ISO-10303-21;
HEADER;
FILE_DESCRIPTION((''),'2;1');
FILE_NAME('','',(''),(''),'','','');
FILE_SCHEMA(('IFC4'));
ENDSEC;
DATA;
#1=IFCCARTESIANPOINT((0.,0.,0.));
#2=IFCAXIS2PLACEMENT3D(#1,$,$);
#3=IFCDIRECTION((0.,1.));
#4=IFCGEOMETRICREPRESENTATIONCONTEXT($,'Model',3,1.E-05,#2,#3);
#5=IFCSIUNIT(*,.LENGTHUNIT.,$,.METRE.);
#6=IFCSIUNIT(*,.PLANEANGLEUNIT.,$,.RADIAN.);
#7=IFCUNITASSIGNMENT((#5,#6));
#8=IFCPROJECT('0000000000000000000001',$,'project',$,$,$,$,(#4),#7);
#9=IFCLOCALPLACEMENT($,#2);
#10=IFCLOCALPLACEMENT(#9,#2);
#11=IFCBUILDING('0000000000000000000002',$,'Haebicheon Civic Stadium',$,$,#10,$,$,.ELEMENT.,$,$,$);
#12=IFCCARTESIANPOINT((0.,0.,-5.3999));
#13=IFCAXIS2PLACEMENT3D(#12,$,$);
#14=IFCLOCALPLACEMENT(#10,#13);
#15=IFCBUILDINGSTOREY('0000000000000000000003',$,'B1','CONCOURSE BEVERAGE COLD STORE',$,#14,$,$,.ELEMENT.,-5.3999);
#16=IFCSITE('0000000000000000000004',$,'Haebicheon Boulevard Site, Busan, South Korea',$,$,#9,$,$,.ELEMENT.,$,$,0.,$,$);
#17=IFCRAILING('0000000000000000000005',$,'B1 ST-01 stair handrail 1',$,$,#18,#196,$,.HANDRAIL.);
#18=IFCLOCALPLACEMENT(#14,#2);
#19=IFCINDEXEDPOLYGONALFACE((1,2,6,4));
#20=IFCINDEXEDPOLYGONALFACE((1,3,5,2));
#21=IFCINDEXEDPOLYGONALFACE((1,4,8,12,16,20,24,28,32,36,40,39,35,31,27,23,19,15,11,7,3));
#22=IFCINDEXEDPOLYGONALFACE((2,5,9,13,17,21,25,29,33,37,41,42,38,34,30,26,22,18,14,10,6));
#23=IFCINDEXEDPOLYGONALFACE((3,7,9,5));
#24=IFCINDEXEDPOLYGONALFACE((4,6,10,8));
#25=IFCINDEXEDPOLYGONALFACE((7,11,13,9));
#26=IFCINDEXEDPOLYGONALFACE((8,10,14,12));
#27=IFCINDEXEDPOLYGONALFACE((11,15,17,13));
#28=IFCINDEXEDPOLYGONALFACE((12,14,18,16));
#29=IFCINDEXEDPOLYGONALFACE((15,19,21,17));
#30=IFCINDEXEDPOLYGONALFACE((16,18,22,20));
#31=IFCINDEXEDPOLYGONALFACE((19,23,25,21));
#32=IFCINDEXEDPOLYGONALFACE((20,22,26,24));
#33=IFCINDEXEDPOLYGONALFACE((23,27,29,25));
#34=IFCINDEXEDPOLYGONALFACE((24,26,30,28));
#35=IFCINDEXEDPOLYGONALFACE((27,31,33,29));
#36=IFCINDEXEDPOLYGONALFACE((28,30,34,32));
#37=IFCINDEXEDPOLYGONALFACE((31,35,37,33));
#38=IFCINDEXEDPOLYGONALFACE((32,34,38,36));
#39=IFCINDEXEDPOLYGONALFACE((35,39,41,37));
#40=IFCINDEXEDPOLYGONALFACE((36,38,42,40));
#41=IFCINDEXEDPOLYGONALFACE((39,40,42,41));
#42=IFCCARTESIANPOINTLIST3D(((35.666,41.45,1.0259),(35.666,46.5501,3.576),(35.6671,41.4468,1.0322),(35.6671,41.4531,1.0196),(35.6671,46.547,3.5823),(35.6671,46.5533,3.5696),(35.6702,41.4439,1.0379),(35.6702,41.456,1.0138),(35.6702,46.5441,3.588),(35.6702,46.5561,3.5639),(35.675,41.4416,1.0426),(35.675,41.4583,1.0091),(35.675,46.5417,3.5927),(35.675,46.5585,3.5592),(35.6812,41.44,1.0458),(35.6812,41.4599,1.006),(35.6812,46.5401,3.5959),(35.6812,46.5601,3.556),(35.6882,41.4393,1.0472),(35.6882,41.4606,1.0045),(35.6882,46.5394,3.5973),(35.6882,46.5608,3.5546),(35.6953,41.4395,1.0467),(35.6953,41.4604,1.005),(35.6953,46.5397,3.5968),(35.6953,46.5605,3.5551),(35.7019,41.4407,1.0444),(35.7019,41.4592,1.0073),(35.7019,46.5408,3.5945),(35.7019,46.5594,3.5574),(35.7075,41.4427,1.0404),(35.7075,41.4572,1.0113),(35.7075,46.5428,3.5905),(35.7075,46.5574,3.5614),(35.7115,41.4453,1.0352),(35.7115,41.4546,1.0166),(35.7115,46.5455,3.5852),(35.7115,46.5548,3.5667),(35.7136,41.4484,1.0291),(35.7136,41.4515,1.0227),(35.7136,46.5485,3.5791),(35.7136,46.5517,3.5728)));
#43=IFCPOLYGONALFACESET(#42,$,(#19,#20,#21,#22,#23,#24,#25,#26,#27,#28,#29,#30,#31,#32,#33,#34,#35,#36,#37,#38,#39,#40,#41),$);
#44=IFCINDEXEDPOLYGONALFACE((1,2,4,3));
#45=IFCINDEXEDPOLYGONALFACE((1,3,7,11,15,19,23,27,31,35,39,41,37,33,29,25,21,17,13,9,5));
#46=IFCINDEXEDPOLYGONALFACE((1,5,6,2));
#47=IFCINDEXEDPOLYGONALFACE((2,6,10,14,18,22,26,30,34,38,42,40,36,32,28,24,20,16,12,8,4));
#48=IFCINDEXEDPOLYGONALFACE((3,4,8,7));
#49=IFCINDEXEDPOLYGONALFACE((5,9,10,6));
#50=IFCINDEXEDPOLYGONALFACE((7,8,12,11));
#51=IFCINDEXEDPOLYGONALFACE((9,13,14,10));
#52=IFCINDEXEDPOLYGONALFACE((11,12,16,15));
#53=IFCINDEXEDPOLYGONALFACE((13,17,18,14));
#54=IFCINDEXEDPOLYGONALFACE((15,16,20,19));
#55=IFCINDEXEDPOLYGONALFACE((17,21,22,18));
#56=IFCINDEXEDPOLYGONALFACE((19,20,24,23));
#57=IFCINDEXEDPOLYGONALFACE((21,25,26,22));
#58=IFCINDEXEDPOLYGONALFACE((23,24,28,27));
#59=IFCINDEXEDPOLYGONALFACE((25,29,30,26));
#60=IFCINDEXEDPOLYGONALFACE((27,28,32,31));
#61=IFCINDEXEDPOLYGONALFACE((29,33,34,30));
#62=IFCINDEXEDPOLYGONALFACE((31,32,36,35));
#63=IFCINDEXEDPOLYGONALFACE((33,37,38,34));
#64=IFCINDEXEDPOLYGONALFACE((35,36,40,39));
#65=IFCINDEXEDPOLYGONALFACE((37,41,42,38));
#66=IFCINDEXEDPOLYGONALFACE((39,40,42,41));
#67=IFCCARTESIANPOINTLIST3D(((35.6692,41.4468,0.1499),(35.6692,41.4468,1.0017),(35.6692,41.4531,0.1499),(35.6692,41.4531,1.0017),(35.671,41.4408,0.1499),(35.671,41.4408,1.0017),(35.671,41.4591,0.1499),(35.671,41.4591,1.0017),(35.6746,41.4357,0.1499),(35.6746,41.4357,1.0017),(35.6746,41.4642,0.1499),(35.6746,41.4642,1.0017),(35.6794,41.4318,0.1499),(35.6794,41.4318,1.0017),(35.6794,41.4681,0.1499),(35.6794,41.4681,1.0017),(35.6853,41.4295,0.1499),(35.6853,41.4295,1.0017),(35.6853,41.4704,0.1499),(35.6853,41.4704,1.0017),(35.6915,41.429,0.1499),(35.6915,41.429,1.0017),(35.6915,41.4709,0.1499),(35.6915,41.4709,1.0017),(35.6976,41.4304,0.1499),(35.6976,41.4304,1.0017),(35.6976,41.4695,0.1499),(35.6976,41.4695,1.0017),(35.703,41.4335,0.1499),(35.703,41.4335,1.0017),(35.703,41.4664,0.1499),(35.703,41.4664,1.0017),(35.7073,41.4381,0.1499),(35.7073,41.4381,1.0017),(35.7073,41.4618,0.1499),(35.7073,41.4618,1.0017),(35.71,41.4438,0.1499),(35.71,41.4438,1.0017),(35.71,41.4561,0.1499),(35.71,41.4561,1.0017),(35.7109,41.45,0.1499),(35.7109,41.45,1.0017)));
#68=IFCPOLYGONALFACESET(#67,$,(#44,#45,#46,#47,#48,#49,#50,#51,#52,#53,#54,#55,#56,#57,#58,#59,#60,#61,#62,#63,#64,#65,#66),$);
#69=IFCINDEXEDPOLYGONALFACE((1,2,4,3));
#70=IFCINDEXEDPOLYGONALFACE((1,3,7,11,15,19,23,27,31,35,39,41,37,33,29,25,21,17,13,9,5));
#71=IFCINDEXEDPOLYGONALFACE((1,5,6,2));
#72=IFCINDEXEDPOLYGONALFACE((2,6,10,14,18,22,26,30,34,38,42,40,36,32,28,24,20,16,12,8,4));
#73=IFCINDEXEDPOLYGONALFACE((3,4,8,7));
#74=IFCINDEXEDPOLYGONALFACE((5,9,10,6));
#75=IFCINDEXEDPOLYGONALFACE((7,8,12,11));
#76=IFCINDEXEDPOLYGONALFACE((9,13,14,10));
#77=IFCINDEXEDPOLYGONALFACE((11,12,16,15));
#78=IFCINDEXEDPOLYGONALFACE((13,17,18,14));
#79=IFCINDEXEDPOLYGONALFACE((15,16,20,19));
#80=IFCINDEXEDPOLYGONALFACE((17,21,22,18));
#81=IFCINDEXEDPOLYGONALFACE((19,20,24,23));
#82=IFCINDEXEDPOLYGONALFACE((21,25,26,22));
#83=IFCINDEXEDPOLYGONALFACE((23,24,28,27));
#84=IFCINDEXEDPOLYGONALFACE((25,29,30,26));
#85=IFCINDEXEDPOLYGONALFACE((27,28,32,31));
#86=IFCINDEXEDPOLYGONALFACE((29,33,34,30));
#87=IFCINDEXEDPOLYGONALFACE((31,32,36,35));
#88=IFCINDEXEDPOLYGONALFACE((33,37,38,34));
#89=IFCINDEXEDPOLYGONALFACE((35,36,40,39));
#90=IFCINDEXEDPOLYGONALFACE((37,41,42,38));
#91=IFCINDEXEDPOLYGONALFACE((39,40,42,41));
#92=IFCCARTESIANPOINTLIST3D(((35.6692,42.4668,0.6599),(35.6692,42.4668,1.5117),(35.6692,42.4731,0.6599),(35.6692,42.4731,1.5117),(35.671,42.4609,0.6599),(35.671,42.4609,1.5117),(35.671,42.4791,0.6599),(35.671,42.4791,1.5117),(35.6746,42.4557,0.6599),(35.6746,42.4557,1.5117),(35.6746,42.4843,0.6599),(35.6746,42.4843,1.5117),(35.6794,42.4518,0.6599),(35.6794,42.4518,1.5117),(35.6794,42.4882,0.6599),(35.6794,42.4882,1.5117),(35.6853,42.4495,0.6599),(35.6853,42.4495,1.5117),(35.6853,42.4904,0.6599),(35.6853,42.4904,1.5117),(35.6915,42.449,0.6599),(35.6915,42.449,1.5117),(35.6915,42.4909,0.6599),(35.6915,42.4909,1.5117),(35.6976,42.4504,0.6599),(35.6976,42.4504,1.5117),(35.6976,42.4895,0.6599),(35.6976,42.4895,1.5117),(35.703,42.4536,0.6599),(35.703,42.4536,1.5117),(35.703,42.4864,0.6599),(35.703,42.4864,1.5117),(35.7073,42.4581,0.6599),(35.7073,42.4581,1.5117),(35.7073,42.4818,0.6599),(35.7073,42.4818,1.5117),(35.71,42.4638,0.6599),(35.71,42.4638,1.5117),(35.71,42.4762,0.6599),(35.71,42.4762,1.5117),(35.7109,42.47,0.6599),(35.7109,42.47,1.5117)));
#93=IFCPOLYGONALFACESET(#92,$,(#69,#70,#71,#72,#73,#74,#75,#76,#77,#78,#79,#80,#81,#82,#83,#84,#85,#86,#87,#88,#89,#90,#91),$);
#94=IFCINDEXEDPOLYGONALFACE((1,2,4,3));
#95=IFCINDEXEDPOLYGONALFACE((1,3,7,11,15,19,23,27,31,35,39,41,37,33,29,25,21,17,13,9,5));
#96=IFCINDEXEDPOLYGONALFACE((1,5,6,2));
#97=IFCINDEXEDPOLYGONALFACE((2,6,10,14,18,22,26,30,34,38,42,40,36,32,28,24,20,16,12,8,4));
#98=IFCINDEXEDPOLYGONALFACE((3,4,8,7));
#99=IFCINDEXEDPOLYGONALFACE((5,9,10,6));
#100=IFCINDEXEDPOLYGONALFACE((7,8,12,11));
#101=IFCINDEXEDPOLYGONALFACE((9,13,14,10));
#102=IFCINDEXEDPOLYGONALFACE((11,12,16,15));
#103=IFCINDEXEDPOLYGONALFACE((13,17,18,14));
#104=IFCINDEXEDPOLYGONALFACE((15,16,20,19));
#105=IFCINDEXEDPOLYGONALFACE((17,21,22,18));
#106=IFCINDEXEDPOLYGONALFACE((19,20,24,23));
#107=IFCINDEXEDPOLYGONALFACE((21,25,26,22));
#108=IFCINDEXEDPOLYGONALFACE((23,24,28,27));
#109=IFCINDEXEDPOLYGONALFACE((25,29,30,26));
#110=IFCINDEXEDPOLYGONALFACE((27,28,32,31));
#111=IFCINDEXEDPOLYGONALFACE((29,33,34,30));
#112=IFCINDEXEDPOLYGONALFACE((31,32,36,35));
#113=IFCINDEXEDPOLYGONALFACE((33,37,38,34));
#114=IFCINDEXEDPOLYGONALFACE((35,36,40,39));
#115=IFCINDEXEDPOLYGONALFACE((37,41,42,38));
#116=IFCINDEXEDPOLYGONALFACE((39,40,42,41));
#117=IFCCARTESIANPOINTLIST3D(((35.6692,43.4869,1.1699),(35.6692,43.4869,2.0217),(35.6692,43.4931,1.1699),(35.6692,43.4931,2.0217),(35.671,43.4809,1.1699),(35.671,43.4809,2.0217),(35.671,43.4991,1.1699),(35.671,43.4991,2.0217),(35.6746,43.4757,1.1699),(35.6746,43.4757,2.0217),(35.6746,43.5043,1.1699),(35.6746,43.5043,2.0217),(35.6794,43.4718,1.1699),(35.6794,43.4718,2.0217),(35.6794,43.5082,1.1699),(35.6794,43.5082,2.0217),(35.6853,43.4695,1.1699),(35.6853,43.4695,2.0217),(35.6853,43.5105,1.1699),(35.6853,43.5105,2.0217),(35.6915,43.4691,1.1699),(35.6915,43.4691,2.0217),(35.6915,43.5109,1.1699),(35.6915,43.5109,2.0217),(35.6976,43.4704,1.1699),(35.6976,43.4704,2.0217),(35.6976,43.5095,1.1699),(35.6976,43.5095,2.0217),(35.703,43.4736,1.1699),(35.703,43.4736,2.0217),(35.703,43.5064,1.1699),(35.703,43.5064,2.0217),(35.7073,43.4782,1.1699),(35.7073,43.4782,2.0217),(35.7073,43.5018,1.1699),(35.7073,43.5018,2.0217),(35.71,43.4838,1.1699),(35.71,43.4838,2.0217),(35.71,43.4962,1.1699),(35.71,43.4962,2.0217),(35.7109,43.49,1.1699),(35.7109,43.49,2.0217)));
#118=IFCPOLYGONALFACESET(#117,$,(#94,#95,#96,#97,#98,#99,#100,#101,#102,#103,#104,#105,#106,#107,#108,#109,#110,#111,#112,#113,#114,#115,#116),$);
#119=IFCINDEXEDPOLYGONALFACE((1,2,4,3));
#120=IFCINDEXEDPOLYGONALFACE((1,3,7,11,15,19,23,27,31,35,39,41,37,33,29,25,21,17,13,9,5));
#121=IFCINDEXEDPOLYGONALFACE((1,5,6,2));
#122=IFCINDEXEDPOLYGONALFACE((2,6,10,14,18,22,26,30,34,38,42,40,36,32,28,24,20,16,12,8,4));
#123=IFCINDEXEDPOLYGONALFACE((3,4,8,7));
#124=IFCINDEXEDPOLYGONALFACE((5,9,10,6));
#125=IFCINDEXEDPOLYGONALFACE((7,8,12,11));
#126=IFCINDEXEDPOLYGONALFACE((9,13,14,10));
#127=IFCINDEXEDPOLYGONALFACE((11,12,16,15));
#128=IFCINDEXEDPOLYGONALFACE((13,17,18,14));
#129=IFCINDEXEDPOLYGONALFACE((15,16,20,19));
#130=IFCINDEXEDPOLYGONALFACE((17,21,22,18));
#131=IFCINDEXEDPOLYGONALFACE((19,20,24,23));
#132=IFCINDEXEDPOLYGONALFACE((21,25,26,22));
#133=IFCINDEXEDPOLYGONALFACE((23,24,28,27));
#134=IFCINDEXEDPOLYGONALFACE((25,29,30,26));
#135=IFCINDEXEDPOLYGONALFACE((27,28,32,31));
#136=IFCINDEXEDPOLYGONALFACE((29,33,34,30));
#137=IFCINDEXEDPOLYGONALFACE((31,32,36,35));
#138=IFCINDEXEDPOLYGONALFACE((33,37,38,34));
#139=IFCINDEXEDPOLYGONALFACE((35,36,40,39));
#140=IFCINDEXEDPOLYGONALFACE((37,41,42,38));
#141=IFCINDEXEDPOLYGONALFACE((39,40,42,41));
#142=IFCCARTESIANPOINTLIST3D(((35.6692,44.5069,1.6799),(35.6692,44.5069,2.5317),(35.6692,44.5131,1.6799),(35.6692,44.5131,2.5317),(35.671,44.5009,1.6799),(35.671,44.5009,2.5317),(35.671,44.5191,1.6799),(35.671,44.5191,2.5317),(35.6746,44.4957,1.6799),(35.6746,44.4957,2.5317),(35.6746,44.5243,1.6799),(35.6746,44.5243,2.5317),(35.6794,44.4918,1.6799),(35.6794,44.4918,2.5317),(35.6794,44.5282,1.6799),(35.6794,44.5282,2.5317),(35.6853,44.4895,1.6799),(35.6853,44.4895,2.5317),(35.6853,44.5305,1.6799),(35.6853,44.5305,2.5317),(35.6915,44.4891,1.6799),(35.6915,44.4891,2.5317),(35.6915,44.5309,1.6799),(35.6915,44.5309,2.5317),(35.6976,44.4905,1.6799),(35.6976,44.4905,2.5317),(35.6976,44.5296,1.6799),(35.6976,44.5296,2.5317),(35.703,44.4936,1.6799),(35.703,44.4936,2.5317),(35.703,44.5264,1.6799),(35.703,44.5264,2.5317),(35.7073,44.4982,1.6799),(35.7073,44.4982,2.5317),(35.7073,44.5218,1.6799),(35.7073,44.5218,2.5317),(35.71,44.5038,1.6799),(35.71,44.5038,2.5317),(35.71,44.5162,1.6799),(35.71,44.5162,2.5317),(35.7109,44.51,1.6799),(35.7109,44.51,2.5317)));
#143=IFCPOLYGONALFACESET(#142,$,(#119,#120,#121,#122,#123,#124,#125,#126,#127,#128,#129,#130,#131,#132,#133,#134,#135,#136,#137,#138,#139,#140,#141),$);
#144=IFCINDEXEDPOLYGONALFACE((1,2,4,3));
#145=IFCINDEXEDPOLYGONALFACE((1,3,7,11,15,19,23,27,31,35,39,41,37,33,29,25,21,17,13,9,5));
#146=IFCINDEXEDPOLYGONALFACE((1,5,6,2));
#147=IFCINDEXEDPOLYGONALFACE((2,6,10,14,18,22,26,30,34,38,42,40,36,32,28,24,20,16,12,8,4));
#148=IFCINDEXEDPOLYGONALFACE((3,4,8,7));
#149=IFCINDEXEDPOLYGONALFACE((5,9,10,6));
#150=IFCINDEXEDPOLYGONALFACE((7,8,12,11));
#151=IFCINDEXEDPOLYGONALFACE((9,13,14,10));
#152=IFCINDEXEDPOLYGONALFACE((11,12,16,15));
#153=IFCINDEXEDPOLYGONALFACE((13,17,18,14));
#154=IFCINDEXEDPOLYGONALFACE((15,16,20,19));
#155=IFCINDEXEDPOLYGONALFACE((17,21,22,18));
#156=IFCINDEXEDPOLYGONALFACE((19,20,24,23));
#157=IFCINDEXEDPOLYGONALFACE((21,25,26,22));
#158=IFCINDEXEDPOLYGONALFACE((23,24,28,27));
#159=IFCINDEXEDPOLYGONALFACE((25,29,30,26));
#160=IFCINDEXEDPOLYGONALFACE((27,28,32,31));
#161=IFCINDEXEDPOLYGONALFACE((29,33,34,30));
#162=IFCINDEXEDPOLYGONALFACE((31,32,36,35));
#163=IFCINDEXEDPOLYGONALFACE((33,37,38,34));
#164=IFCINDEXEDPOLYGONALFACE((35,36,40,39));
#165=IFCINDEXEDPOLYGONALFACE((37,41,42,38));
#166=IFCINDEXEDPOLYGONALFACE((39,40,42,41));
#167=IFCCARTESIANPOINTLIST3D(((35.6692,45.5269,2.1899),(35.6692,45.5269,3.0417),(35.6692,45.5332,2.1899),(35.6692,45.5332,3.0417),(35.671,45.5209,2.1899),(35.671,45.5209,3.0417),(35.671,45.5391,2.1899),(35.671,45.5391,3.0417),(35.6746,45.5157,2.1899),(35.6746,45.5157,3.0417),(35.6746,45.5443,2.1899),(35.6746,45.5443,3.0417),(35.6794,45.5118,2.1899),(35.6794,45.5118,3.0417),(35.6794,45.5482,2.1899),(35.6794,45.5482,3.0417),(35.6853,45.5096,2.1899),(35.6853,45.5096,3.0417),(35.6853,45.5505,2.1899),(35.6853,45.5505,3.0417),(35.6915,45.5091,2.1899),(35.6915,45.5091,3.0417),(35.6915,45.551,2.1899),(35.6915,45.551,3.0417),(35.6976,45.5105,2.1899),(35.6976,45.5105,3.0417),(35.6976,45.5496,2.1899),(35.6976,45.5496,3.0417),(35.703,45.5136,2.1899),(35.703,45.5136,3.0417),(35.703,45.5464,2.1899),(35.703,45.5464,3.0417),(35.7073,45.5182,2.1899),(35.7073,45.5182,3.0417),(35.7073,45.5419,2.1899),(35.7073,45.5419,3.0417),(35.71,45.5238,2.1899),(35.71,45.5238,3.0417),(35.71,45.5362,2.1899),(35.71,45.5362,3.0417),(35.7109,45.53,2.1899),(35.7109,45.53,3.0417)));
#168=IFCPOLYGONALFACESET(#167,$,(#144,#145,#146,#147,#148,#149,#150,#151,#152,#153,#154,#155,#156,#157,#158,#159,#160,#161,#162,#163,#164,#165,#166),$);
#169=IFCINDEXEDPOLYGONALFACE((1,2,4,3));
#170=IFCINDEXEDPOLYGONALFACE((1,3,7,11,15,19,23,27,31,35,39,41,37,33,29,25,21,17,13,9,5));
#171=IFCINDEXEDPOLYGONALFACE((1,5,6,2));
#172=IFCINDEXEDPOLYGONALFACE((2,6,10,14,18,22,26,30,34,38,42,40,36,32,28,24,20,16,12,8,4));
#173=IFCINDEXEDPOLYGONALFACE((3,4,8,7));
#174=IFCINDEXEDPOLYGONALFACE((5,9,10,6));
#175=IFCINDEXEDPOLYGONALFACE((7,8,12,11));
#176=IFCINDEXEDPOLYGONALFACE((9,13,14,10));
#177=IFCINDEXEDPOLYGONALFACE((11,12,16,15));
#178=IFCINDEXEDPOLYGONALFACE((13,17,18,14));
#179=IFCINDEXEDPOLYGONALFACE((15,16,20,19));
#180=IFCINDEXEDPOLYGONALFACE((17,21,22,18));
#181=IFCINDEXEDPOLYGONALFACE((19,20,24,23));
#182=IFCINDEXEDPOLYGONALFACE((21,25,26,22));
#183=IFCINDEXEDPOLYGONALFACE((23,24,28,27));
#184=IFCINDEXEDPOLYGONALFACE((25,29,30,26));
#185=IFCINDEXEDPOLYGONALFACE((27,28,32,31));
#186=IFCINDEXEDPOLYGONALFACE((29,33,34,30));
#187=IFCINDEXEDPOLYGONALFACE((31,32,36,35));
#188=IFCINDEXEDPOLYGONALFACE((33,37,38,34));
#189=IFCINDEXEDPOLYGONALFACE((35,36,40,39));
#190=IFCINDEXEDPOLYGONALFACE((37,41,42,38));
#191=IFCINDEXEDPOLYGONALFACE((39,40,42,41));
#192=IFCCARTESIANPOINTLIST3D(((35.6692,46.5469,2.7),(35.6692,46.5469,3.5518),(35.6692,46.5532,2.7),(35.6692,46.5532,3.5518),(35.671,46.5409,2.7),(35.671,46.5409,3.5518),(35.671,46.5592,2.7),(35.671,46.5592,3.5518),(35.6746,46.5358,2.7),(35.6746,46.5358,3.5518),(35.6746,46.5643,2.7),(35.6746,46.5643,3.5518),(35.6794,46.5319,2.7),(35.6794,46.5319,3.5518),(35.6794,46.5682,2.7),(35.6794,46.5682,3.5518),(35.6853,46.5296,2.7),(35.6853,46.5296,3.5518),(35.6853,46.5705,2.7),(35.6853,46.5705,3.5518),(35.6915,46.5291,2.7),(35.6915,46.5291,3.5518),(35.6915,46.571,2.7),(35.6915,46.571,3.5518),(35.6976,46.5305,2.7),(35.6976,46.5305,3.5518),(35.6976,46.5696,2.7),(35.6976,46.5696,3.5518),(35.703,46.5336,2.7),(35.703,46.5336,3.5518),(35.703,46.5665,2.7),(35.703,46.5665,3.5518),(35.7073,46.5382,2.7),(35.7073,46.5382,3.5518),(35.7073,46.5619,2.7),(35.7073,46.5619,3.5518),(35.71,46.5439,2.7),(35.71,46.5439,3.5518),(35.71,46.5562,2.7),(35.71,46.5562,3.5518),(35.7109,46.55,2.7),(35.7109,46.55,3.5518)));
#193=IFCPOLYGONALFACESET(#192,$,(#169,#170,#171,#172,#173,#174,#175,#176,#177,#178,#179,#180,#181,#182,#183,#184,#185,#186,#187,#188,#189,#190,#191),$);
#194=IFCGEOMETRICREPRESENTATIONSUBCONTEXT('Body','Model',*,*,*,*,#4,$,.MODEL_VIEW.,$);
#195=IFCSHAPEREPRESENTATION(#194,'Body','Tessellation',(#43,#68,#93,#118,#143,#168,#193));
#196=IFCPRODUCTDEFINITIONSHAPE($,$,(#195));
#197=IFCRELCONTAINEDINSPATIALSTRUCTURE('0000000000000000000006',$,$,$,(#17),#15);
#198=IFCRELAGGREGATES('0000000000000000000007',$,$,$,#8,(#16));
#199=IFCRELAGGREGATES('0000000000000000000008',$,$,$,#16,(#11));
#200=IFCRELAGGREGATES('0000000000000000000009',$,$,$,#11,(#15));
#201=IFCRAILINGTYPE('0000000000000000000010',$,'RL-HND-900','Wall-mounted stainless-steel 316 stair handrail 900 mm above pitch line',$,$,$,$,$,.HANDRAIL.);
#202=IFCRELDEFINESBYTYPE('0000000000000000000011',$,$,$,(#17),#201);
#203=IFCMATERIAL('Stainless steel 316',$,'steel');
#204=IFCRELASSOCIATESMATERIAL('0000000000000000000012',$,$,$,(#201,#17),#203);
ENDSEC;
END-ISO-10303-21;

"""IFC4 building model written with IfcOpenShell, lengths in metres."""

from ifc_helpers import new_model, si_unit, direction, frame, origin, origin_2d, place, context, subcontext, project, spatial, circle, extrude, material, type_object, element, save


model = new_model("IFC4")

# Units and contexts
model_context = context("Model", 3, precision=1e-05, world=origin(), true_north=direction((0.0, 1.0)))
body_context = subcontext(model_context, "Body", "Model", "MODEL_VIEW")
ifc_project = project(units=[si_unit("LENGTHUNIT", "METRE"), si_unit("PLANEANGLEUNIT", "RADIAN")], contexts=[model_context])

# Site, building, storey
site_placement = place(None, origin())
site = spatial("IfcSite", under=ifc_project, at=site_placement, Name="Haebicheon Boulevard Site, Busan, South Korea", CompositionType="ELEMENT", RefElevation=0.0)
building_placement = place(site_placement, origin())
building = spatial("IfcBuilding", under=site, at=building_placement, Name="Haebicheon Civic Stadium", CompositionType="ELEMENT")
storey_placement = place(building_placement, frame((0.0, 0.0, -5.3999)))
storey = spatial("IfcBuildingStorey", under=building, at=storey_placement, Name="B1", Description="CONCOURSE BEVERAGE COLD STORE", CompositionType="ELEMENT", Elevation=-5.3999)

# Railing
ifc_material_1 = material(Name="Stainless steel 316", Category="steel")
railing_type = type_object("IfcRailingType", Name="RL-HND-900", Description="Wall-mounted stainless-steel 316 stair handrail 900 mm above pitch line", PredefinedType="HANDRAIL", material=ifc_material_1)
railing_placement = place(storey_placement, frame((35.6899, 41.45, 0.1499)))
element("IfcRailing", 1, at=railing_placement, inside=storey, type_object=railing_type, material=ifc_material_1, Name="B1 ST-01 stair handrail 1", PredefinedType="HANDRAIL", context=body_context, shape_type="SweptSolid", body=[
    extrude(circle(Radius=0.0239, at=origin_2d()), frame((0.0, 0.0, 0.876), z_axis=(0.0, 0.894427, 0.447214), x_axis=(-1.0, 0.0, 0.0)), (0.0, 0.0, 1.0), 5.7021),
    extrude(circle(Radius=0.021, at=origin_2d()), origin(), (0.0, 0.0, 1.0), 0.8518),
    extrude(circle(Radius=0.021, at=origin_2d()), frame((0.0, 1.02, 0.51)), (0.0, 0.0, 1.0), 0.8518),
    extrude(circle(Radius=0.021, at=origin_2d()), frame((0.0, 2.04, 1.02)), (0.0, 0.0, 1.0), 0.8518),
    extrude(circle(Radius=0.021, at=origin_2d()), frame((0.0, 3.0601, 1.53)), (0.0, 0.0, 1.0), 0.8518),
    extrude(circle(Radius=0.021, at=origin_2d()), frame((0.0, 4.0801, 2.04)), (0.0, 0.0, 1.0), 0.8518),
    extrude(circle(Radius=0.021, at=origin_2d()), frame((0.0, 5.1001, 2.55)), (0.0, 0.0, 1.0), 0.8518),
])

save(model, "model.ifc")
